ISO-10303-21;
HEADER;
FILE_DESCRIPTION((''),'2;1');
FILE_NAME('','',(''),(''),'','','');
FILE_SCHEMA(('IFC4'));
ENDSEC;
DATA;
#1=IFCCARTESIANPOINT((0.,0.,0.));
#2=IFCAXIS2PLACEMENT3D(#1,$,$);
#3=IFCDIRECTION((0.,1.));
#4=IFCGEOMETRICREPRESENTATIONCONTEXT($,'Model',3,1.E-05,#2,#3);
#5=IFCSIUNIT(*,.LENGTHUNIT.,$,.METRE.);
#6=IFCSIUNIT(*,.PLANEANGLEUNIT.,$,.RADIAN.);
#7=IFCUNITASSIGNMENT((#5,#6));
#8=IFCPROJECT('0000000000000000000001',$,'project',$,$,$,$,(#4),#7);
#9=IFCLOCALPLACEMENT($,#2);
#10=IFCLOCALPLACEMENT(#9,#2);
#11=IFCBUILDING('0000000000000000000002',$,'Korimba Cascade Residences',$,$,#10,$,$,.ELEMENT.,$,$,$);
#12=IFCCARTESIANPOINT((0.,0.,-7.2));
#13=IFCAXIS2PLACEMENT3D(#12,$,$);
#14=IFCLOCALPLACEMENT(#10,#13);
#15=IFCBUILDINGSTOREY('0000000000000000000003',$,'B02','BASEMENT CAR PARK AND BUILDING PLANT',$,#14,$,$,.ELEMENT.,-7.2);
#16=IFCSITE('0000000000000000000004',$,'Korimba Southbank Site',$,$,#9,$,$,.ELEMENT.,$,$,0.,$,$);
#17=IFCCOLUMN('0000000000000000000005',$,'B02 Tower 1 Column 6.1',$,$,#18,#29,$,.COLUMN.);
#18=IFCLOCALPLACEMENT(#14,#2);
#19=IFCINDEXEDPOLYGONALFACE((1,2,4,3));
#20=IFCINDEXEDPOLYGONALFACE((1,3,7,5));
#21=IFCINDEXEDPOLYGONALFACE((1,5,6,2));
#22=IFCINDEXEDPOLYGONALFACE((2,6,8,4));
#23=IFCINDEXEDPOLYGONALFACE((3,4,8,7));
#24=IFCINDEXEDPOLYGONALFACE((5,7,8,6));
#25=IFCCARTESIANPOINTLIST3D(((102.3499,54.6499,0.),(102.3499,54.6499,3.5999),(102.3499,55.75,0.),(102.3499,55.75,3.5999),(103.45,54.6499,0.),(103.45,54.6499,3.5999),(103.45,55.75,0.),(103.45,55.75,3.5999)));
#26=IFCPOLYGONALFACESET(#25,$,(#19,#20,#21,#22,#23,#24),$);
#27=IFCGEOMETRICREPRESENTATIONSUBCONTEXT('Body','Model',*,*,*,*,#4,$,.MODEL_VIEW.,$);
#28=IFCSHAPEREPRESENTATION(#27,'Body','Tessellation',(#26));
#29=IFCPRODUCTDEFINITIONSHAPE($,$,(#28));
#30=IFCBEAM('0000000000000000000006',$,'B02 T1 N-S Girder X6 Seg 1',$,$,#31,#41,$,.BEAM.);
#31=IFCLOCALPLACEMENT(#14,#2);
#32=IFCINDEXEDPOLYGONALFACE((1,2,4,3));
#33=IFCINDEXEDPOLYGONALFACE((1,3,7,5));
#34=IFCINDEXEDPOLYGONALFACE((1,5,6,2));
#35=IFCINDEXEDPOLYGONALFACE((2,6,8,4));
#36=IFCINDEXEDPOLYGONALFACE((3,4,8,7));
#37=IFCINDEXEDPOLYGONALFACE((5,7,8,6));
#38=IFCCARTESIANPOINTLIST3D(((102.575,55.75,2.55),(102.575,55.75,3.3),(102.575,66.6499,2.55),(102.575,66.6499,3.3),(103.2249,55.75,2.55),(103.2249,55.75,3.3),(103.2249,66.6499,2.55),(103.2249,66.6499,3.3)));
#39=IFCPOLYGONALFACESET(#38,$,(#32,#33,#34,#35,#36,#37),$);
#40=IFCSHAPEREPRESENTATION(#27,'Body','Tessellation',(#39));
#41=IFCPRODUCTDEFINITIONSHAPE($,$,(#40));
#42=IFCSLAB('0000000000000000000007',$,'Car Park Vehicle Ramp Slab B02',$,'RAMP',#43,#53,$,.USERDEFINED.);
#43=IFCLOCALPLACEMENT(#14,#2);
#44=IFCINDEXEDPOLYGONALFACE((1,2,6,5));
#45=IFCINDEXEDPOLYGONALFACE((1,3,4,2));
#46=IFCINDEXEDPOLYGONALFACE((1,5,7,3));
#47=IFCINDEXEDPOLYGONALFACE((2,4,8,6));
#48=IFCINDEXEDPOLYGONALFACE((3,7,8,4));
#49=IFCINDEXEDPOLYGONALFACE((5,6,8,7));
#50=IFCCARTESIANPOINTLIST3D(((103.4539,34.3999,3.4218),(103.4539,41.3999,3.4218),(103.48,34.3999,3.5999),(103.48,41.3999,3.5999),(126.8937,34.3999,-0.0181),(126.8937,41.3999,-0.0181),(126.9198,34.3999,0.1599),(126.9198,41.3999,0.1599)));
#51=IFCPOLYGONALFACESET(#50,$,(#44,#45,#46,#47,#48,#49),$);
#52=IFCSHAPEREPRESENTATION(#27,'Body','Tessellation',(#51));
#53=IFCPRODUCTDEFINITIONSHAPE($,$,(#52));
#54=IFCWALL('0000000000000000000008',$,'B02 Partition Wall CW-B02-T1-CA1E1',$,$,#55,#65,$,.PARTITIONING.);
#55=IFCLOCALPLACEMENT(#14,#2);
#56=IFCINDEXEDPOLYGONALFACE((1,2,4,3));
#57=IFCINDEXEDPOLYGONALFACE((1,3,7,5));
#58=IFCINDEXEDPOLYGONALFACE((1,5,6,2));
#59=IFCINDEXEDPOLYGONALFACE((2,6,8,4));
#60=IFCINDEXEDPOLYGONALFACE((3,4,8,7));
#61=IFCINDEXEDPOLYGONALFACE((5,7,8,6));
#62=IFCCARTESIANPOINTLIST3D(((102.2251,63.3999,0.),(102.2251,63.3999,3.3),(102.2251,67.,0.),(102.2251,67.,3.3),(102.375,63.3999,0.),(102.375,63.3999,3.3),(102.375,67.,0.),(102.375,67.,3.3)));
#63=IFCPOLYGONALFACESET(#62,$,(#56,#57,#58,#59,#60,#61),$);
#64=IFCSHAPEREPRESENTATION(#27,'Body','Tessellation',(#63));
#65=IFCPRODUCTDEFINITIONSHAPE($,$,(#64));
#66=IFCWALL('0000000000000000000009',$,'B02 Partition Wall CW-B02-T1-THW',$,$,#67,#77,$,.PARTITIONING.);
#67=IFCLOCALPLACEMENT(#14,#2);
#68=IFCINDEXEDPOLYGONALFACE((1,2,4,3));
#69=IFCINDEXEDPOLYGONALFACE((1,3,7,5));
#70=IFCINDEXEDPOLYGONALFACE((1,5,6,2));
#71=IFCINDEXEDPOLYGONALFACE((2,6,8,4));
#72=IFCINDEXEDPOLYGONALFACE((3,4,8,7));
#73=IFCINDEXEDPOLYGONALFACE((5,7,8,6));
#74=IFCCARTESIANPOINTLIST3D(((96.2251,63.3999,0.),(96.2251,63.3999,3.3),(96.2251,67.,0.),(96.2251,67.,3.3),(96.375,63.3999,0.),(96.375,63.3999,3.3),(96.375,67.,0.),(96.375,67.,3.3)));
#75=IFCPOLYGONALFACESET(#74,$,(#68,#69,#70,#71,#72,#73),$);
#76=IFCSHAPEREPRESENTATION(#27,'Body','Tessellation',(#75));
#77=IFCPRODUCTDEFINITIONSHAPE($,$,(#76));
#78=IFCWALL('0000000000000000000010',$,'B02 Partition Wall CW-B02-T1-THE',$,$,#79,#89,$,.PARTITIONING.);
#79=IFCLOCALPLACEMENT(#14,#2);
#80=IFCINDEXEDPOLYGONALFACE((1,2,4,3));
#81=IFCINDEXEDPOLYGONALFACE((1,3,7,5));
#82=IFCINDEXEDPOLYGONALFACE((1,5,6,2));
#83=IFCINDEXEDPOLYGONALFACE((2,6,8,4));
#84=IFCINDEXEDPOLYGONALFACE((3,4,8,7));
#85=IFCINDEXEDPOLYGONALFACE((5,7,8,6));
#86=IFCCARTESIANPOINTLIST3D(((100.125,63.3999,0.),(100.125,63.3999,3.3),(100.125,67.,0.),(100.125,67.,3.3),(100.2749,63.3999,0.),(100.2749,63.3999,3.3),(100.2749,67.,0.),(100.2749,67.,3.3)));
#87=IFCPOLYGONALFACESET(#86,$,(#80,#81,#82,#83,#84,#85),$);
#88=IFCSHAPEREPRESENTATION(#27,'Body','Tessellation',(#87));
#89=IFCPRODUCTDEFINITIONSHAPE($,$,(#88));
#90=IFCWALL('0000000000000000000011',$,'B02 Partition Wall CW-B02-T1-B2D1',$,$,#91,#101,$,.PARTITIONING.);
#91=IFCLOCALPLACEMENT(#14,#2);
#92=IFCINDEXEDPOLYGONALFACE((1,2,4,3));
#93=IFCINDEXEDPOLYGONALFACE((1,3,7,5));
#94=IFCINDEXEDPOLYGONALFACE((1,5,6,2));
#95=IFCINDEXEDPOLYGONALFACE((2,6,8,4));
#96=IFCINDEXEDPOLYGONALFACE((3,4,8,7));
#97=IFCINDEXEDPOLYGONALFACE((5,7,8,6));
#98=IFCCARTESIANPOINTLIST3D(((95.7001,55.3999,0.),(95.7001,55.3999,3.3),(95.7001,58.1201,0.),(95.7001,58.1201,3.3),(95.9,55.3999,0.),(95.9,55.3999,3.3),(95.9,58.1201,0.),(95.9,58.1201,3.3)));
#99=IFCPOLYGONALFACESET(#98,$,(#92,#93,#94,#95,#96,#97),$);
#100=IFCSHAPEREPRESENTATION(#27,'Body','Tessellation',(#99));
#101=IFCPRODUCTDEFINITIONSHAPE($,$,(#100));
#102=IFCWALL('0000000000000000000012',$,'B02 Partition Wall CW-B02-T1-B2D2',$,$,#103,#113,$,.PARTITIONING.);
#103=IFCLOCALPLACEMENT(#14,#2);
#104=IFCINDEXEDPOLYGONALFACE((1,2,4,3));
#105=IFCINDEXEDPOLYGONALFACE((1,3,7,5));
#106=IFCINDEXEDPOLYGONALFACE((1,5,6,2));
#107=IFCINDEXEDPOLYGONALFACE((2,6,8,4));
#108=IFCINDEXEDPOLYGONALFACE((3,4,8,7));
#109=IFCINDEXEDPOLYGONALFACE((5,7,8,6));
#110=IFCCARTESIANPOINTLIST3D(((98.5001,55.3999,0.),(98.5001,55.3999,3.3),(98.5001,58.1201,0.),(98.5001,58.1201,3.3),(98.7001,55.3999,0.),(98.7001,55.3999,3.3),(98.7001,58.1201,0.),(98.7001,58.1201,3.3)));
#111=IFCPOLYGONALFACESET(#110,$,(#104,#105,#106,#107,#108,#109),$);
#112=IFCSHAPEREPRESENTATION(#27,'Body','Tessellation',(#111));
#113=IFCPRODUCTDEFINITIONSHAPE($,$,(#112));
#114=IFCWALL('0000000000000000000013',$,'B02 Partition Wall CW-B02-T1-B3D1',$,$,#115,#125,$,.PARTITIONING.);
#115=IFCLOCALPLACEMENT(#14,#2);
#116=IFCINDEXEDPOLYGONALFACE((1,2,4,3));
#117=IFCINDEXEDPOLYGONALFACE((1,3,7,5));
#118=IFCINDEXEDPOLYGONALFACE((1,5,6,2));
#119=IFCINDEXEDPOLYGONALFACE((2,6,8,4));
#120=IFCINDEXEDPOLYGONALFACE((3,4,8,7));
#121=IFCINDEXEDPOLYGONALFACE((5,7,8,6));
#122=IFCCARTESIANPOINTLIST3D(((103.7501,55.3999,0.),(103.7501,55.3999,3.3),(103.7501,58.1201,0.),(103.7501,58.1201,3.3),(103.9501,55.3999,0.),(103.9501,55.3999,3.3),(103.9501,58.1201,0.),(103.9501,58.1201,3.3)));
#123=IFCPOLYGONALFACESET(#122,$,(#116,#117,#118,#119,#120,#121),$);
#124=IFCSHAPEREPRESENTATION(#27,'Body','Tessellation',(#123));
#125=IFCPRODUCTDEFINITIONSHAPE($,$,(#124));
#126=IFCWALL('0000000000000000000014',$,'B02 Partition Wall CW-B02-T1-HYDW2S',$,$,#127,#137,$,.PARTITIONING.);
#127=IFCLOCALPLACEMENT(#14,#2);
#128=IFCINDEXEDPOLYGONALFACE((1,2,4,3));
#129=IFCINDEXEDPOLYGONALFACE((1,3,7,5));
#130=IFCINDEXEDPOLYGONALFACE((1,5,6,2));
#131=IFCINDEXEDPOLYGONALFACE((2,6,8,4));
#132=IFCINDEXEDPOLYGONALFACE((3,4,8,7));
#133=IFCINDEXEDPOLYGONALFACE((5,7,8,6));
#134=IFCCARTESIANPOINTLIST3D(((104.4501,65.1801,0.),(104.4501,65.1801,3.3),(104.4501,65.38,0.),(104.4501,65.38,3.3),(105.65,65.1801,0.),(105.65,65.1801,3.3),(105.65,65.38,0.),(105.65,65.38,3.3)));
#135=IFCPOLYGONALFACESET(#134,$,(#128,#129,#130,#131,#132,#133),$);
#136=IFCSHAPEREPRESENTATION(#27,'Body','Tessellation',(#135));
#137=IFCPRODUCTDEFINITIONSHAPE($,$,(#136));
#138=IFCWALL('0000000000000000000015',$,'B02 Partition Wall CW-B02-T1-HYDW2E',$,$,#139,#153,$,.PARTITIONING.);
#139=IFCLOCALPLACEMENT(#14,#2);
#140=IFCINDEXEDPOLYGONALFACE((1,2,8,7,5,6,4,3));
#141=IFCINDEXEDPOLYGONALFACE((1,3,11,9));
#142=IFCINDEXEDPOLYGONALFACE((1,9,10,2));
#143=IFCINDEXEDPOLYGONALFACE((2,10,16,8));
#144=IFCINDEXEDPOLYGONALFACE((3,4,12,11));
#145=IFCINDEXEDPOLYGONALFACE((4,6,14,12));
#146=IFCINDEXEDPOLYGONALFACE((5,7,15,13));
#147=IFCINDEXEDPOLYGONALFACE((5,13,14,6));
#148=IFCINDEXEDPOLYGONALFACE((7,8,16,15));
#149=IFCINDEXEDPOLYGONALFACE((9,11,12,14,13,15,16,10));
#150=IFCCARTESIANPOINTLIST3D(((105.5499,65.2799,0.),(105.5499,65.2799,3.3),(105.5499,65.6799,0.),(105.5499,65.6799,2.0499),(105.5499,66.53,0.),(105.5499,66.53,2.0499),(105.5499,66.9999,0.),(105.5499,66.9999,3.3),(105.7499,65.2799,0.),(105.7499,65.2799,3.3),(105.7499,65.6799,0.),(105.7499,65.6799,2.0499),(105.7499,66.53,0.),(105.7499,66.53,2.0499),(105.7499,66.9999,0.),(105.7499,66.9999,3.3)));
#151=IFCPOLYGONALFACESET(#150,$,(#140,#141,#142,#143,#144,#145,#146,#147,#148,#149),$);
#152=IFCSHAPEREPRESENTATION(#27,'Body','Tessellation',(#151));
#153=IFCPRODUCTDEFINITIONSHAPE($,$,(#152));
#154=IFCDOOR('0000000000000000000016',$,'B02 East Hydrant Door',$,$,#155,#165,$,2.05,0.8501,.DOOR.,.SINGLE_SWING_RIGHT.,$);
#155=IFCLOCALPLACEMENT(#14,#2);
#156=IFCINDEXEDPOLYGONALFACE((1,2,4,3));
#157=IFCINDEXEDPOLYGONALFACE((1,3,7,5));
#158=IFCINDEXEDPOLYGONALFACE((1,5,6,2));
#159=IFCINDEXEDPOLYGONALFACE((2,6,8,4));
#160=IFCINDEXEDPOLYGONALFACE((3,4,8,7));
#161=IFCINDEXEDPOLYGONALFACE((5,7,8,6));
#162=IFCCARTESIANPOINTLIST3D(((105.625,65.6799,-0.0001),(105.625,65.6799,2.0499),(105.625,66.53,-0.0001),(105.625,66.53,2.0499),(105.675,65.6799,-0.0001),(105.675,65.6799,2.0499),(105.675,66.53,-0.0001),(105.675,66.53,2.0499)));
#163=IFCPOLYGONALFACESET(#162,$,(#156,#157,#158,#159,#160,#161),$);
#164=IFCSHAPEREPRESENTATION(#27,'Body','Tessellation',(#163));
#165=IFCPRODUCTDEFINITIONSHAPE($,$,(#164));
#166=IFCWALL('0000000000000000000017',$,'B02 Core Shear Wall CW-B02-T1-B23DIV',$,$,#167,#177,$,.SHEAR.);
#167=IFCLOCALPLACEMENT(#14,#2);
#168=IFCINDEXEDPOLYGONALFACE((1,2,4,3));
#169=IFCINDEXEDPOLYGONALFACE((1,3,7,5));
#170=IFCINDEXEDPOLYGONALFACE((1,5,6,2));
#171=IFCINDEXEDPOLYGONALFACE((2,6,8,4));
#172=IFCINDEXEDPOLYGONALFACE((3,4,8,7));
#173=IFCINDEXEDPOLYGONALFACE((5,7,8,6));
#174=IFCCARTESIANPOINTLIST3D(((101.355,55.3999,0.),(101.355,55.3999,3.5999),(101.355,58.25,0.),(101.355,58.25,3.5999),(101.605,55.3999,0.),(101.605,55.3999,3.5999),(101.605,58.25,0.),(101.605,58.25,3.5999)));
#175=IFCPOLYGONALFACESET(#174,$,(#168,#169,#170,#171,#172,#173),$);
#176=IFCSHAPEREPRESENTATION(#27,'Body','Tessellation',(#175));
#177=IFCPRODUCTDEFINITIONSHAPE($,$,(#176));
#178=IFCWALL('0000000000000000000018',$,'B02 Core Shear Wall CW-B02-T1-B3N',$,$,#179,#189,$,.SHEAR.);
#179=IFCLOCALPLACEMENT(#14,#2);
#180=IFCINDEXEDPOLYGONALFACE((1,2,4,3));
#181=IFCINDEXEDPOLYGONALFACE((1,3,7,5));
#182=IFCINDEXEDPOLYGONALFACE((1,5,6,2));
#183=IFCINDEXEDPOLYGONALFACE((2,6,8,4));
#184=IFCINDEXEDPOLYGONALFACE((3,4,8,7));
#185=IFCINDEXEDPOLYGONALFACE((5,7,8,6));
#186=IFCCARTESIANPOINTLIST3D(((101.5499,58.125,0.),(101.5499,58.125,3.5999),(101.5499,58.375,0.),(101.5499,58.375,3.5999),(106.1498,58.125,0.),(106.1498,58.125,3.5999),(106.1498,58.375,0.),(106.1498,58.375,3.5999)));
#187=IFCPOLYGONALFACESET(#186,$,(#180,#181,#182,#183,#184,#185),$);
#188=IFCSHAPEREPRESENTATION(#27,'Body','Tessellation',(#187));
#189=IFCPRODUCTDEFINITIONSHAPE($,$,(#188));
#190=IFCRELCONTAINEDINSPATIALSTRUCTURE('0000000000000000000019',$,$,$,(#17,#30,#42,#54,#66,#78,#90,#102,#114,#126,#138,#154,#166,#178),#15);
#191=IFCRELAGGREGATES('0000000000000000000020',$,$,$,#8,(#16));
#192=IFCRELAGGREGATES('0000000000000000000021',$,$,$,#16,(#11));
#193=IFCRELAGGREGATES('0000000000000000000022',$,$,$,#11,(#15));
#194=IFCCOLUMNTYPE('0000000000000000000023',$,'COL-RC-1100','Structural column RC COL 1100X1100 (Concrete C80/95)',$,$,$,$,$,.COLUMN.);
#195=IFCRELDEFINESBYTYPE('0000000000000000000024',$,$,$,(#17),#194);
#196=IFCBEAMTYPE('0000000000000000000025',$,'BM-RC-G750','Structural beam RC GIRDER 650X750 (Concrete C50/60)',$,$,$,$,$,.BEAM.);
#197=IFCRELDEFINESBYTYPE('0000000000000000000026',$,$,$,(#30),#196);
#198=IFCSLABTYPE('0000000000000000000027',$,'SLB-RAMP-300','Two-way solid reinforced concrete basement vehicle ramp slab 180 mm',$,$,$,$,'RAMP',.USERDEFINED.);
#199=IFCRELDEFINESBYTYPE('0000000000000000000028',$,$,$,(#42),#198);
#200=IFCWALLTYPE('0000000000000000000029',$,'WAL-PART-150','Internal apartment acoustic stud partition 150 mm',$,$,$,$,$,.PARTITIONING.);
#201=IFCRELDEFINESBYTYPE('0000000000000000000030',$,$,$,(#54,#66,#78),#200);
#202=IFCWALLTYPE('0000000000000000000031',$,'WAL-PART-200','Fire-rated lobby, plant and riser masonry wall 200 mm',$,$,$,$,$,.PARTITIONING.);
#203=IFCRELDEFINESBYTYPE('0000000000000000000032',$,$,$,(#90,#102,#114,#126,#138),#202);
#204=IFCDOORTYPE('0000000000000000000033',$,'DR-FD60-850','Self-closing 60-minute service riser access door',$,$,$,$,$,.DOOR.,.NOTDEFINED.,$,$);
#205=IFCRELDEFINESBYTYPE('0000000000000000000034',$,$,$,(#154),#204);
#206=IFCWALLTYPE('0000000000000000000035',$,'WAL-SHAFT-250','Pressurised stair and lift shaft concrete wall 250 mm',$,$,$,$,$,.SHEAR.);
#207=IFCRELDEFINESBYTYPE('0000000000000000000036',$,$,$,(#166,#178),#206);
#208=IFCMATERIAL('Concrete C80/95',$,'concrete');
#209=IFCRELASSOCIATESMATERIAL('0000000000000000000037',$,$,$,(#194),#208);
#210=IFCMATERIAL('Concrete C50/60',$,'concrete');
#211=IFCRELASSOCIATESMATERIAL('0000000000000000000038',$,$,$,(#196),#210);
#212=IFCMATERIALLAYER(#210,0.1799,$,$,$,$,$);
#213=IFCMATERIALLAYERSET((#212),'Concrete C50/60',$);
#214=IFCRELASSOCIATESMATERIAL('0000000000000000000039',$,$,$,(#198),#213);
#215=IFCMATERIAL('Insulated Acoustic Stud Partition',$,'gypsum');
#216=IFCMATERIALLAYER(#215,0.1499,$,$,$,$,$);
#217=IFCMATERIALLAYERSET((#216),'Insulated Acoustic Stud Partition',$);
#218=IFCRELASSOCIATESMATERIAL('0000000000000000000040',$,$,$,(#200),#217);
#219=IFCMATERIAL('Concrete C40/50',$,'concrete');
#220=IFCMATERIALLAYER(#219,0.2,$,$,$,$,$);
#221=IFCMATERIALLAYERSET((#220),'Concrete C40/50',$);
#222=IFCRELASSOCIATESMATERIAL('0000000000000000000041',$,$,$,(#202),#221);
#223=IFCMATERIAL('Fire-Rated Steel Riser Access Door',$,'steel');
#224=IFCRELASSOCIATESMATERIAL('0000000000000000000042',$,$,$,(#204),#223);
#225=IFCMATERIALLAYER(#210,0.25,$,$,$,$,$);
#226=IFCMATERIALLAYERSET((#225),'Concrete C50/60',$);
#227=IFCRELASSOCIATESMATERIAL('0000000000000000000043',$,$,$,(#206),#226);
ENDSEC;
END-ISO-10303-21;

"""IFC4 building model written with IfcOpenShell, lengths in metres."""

from ifc_helpers import new_model, si_unit, direction, frame, frame_2d, origin, origin_2d, place, context, subcontext, project, spatial, polyline, rectangle, outline, extrude, material, layer, layer_set, material_profile, profile_set, type_object, element, fill, save


model = new_model("IFC4")

# Units and contexts
model_context = context("Model", 3, precision=1e-05, world=origin(), true_north=direction((0.0, 1.0)))
body_context = subcontext(model_context, "Body", "Model", "MODEL_VIEW")
ifc_project = project(units=[si_unit("LENGTHUNIT", "METRE"), si_unit("PLANEANGLEUNIT", "RADIAN")], contexts=[model_context])

# Site, building, storey
site_placement = place(None, origin())
site = spatial("IfcSite", under=ifc_project, at=site_placement, Name="Korimba Southbank Site", CompositionType="ELEMENT", RefElevation=0.0)
building_placement = place(site_placement, origin())
building = spatial("IfcBuilding", under=site, at=building_placement, Name="Korimba Cascade Residences", CompositionType="ELEMENT")
storey_placement = place(building_placement, frame((0.0, 0.0, -7.2)))
storey = spatial("IfcBuildingStorey", under=building, at=storey_placement, Name="B02", Description="BASEMENT CAR PARK AND BUILDING PLANT", CompositionType="ELEMENT", Elevation=-7.2)

# Column
ifc_material_1 = material(Name="Concrete C80/95", Category="concrete")
ifc_material_profile_1 = material_profile(ifc_material_1, rectangle(XDim=1.1001, YDim=1.1001, at=origin_2d()), Name="Concrete C80/95")
ifc_profile_set_1 = profile_set([ifc_material_profile_1], Name="Concrete C80/95")
column_type = type_object("IfcColumnType", Name="COL-RC-1100", Description="Structural column RC COL 1100X1100 (Concrete C80/95)", PredefinedType="COLUMN", material=ifc_profile_set_1)
column_placement = place(storey_placement, frame((102.8999, 55.2, 0.0), z_axis=(0.0, 0.0, 1.0), x_axis=(1.0, 0.0, 0.0)))
element("IfcColumn", 1, at=column_placement, inside=storey, type_object=column_type, Name="B02 Tower 1 Column 6.1", PredefinedType="COLUMN", context=body_context, shape_type="SweptSolid", body=[
    extrude(rectangle(XDim=1.1001, YDim=1.1001, at=origin_2d()), origin(), (0.0, 0.0, 1.0), 3.5999),
])

# Beam
ifc_material_2 = material(Name="Concrete C50/60", Category="concrete")
ifc_material_profile_2 = material_profile(ifc_material_2, rectangle(XDim=0.6499, YDim=0.75, at=origin_2d()), Name="Concrete C50/60")
ifc_profile_set_2 = profile_set([ifc_material_profile_2], Name="Concrete C50/60")
beam_type = type_object("IfcBeamType", Name="BM-RC-G750", Description="Structural beam RC GIRDER 650X750 (Concrete C50/60)", PredefinedType="BEAM", material=ifc_profile_set_2)
beam_placement = place(storey_placement, frame((102.8999, 55.75, 2.925), z_axis=(0.0, 1.0, 0.0), x_axis=(-1.0, 0.0, 0.0)))
element("IfcBeam", 2, at=beam_placement, inside=storey, type_object=beam_type, Name="B02 T1 N-S Girder X6 Seg 1", PredefinedType="BEAM", context=body_context, shape_type="SweptSolid", body=[
    extrude(rectangle(XDim=0.6499, YDim=0.75, at=origin_2d()), origin(), (0.0, 0.0, 1.0), 10.8999),
])

# Slab
ifc_layer_1 = layer(ifc_material_2, 0.1799)
ifc_layer_set_1 = layer_set([ifc_layer_1], Name="Concrete C50/60")
slab_type = type_object("IfcSlabType", Name="SLB-RAMP-300", Description="Two-way solid reinforced concrete basement vehicle ramp slab 180 mm", ElementType="RAMP", PredefinedType="USERDEFINED", material=ifc_layer_set_1)
slab_placement = place(storey_placement, frame((103.48, 34.3999, 3.5999), z_axis=(0.1452, 0.0, 0.989402), x_axis=(0.989402, 0.0, -0.1452)))
element("IfcSlab", 3, at=slab_placement, inside=storey, type_object=slab_type, Name="Car Park Vehicle Ramp Slab B02", ObjectType="RAMP", PredefinedType="USERDEFINED", context=body_context, shape_type="SweptSolid", body=[
    extrude(outline(polyline([(0.0, 0.0), (23.6909, 0.0), (23.6909, 7.0), (0.0, 7.0), (0.0, 0.0)])), origin(), (0.0, 0.0, -1.0), 0.1799),
])

# Walls
ifc_material_3 = material(Name="Insulated Acoustic Stud Partition", Category="gypsum")
ifc_layer_2 = layer(ifc_material_3, 0.1499)
ifc_layer_set_2 = layer_set([ifc_layer_2], Name="Insulated Acoustic Stud Partition")
wall_type_1 = type_object("IfcWallType", Name="WAL-PART-150", Description="Internal apartment acoustic stud partition 150 mm", PredefinedType="PARTITIONING", material=ifc_layer_set_2)
for number, where, z_axis, x_axis, name in (
    (4, (102.3, 63.3999, 0.0), (0.0, 0.0, 1.0), (0.0, 1.0, 0.0), "B02 Partition Wall CW-B02-T1-CA1E1"),
    (5, (96.3, 63.3999, 0.0), (0.0, 0.0, 1.0), (0.0, 1.0, 0.0), "B02 Partition Wall CW-B02-T1-THW"),
    (6, (100.2, 63.3999, 0.0), (0.0, 0.0, 1.0), (0.0, 1.0, 0.0), "B02 Partition Wall CW-B02-T1-THE"),
):
    element("IfcWall", number, at=place(storey_placement, frame(where, z_axis=z_axis, x_axis=x_axis)), inside=storey, type_object=wall_type_1, Name=name, PredefinedType="PARTITIONING", context=body_context, shape_type="SweptSolid", body=[
        extrude(rectangle(XDim=3.6001, YDim=0.1499, at=frame_2d((1.8, 0.0))), origin(), (0.0, 0.0, 1.0), 3.3),
    ])
ifc_material_4 = material(Name="Concrete C40/50", Category="concrete")
ifc_layer_3 = layer(ifc_material_4, 0.2)
ifc_layer_set_3 = layer_set([ifc_layer_3], Name="Concrete C40/50")
wall_type_2 = type_object("IfcWallType", Name="WAL-PART-200", Description="Fire-rated lobby, plant and riser masonry wall 200 mm", PredefinedType="PARTITIONING", material=ifc_layer_set_3)
for number, where, z_axis, x_axis, name in (
    (7, (95.8, 55.3999, 0.0), (0.0, 0.0, 1.0), (0.0, 1.0, 0.0), "B02 Partition Wall CW-B02-T1-B2D1"),
    (8, (98.6001, 55.3999, 0.0), (0.0, 0.0, 1.0), (0.0, 1.0, 0.0), "B02 Partition Wall CW-B02-T1-B2D2"),
    (9, (103.8501, 55.3999, 0.0), (0.0, 0.0, 1.0), (0.0, 1.0, 0.0), "B02 Partition Wall CW-B02-T1-B3D1"),
):
    element("IfcWall", number, at=place(storey_placement, frame(where, z_axis=z_axis, x_axis=x_axis)), inside=storey, type_object=wall_type_2, Name=name, PredefinedType="PARTITIONING", context=body_context, shape_type="SweptSolid", body=[
        extrude(rectangle(XDim=2.7202, YDim=0.2, at=frame_2d((1.3601, 0.0))), origin(), (0.0, 0.0, 1.0), 3.3),
    ])
wall_1_placement = place(storey_placement, frame((104.45, 65.28, 0.0), z_axis=(0.0, 0.0, 1.0), x_axis=(1.0, 0.0, 0.0)))
element("IfcWall", 10, at=wall_1_placement, inside=storey, type_object=wall_type_2, Name="B02 Partition Wall CW-B02-T1-HYDW2S", PredefinedType="PARTITIONING", context=body_context, shape_type="SweptSolid", body=[
    extrude(rectangle(XDim=1.2, YDim=0.2, at=frame_2d((0.6001, 0.0))), origin(), (0.0, 0.0, 1.0), 3.3),
])

# Wall, opening, door
wall_2_placement = place(storey_placement, frame((105.6499, 65.28, 0.0), z_axis=(0.0, 0.0, 1.0), x_axis=(0.0, 1.0, 0.0)))
wall_2 = element("IfcWall", 11, at=wall_2_placement, inside=storey, type_object=wall_type_2, Name="B02 Partition Wall CW-B02-T1-HYDW2E", PredefinedType="PARTITIONING", context=body_context, shape_type="SweptSolid", body=[
    extrude(rectangle(XDim=1.72, YDim=0.2, at=frame_2d((0.8599, 0.0))), origin(), (0.0, 0.0, 1.0), 3.3),
])
opening_1_placement = place(wall_2_placement, frame((0.3999, 0.0, 0.0)))
opening_1 = element("IfcOpeningElement", 12, at=opening_1_placement, cuts=wall_2, PredefinedType="OPENING", context=body_context, shape_type="SweptSolid", body=[
    extrude(rectangle(XDim=0.8501, YDim=2.05, at=frame_2d((0.425, 1.0249))), frame((0.0, 0.1099, 0.0), z_axis=(0.0, -1.0, 0.0), x_axis=(1.0, 0.0, 0.0)), (0.0, 0.0, 1.0), 0.22),
])
ifc_material_5 = material(Name="Fire-Rated Steel Riser Access Door", Category="steel")
door_type_1 = type_object("IfcDoorType", Name="DR-FD60-850", Description="Self-closing 60-minute service riser access door", OperationType="NOTDEFINED", PredefinedType="DOOR", material=ifc_material_5)
door_1_placement = place(opening_1_placement, origin())
door_1 = element("IfcDoor", 13, at=door_1_placement, inside=storey, type_object=door_type_1, Name="B02 East Hydrant Door", OperationType="SINGLE_SWING_RIGHT", OverallHeight=2.05, OverallWidth=0.8501, PredefinedType="DOOR", context=body_context, shape_type="SweptSolid", body=[
    extrude(rectangle(XDim=0.8501, YDim=2.05, at=frame_2d((0.425, 1.0249))), frame((0.0, 0.0249, 0.0), z_axis=(0.0, -1.0, 0.0), x_axis=(1.0, 0.0, 0.0)), (0.0, 0.0, 1.0), 0.05),
])
fill(opening_1, door_1)

# Walls
ifc_layer_4 = layer(ifc_material_2, 0.25)
ifc_layer_set_4 = layer_set([ifc_layer_4], Name="Concrete C50/60")
wall_type_3 = type_object("IfcWallType", Name="WAL-SHAFT-250", Description="Pressurised stair and lift shaft concrete wall 250 mm", PredefinedType="SHEAR", material=ifc_layer_set_4)
wall_3_placement = place(storey_placement, frame((101.48, 55.3999, 0.0), z_axis=(0.0, 0.0, 1.0), x_axis=(0.0, 1.0, 0.0)))
element("IfcWall", 14, at=wall_3_placement, inside=storey, type_object=wall_type_3, Name="B02 Core Shear Wall CW-B02-T1-B23DIV", PredefinedType="SHEAR", context=body_context, shape_type="SweptSolid", body=[
    extrude(rectangle(XDim=2.8501, YDim=0.25, at=frame_2d((1.425, 0.0))), origin(), (0.0, 0.0, 1.0), 3.5999),
])
wall_4_placement = place(storey_placement, frame((101.55, 58.25, 0.0), z_axis=(0.0, 0.0, 1.0), x_axis=(1.0, 0.0, 0.0)))
element("IfcWall", 15, at=wall_4_placement, inside=storey, type_object=wall_type_3, Name="B02 Core Shear Wall CW-B02-T1-B3N", PredefinedType="SHEAR", context=body_context, shape_type="SweptSolid", body=[
    extrude(rectangle(XDim=4.5999, YDim=0.25, at=frame_2d((2.2998, 0.0))), origin(), (0.0, 0.0, 1.0), 3.5999),
])

save(model, "model.ifc")
